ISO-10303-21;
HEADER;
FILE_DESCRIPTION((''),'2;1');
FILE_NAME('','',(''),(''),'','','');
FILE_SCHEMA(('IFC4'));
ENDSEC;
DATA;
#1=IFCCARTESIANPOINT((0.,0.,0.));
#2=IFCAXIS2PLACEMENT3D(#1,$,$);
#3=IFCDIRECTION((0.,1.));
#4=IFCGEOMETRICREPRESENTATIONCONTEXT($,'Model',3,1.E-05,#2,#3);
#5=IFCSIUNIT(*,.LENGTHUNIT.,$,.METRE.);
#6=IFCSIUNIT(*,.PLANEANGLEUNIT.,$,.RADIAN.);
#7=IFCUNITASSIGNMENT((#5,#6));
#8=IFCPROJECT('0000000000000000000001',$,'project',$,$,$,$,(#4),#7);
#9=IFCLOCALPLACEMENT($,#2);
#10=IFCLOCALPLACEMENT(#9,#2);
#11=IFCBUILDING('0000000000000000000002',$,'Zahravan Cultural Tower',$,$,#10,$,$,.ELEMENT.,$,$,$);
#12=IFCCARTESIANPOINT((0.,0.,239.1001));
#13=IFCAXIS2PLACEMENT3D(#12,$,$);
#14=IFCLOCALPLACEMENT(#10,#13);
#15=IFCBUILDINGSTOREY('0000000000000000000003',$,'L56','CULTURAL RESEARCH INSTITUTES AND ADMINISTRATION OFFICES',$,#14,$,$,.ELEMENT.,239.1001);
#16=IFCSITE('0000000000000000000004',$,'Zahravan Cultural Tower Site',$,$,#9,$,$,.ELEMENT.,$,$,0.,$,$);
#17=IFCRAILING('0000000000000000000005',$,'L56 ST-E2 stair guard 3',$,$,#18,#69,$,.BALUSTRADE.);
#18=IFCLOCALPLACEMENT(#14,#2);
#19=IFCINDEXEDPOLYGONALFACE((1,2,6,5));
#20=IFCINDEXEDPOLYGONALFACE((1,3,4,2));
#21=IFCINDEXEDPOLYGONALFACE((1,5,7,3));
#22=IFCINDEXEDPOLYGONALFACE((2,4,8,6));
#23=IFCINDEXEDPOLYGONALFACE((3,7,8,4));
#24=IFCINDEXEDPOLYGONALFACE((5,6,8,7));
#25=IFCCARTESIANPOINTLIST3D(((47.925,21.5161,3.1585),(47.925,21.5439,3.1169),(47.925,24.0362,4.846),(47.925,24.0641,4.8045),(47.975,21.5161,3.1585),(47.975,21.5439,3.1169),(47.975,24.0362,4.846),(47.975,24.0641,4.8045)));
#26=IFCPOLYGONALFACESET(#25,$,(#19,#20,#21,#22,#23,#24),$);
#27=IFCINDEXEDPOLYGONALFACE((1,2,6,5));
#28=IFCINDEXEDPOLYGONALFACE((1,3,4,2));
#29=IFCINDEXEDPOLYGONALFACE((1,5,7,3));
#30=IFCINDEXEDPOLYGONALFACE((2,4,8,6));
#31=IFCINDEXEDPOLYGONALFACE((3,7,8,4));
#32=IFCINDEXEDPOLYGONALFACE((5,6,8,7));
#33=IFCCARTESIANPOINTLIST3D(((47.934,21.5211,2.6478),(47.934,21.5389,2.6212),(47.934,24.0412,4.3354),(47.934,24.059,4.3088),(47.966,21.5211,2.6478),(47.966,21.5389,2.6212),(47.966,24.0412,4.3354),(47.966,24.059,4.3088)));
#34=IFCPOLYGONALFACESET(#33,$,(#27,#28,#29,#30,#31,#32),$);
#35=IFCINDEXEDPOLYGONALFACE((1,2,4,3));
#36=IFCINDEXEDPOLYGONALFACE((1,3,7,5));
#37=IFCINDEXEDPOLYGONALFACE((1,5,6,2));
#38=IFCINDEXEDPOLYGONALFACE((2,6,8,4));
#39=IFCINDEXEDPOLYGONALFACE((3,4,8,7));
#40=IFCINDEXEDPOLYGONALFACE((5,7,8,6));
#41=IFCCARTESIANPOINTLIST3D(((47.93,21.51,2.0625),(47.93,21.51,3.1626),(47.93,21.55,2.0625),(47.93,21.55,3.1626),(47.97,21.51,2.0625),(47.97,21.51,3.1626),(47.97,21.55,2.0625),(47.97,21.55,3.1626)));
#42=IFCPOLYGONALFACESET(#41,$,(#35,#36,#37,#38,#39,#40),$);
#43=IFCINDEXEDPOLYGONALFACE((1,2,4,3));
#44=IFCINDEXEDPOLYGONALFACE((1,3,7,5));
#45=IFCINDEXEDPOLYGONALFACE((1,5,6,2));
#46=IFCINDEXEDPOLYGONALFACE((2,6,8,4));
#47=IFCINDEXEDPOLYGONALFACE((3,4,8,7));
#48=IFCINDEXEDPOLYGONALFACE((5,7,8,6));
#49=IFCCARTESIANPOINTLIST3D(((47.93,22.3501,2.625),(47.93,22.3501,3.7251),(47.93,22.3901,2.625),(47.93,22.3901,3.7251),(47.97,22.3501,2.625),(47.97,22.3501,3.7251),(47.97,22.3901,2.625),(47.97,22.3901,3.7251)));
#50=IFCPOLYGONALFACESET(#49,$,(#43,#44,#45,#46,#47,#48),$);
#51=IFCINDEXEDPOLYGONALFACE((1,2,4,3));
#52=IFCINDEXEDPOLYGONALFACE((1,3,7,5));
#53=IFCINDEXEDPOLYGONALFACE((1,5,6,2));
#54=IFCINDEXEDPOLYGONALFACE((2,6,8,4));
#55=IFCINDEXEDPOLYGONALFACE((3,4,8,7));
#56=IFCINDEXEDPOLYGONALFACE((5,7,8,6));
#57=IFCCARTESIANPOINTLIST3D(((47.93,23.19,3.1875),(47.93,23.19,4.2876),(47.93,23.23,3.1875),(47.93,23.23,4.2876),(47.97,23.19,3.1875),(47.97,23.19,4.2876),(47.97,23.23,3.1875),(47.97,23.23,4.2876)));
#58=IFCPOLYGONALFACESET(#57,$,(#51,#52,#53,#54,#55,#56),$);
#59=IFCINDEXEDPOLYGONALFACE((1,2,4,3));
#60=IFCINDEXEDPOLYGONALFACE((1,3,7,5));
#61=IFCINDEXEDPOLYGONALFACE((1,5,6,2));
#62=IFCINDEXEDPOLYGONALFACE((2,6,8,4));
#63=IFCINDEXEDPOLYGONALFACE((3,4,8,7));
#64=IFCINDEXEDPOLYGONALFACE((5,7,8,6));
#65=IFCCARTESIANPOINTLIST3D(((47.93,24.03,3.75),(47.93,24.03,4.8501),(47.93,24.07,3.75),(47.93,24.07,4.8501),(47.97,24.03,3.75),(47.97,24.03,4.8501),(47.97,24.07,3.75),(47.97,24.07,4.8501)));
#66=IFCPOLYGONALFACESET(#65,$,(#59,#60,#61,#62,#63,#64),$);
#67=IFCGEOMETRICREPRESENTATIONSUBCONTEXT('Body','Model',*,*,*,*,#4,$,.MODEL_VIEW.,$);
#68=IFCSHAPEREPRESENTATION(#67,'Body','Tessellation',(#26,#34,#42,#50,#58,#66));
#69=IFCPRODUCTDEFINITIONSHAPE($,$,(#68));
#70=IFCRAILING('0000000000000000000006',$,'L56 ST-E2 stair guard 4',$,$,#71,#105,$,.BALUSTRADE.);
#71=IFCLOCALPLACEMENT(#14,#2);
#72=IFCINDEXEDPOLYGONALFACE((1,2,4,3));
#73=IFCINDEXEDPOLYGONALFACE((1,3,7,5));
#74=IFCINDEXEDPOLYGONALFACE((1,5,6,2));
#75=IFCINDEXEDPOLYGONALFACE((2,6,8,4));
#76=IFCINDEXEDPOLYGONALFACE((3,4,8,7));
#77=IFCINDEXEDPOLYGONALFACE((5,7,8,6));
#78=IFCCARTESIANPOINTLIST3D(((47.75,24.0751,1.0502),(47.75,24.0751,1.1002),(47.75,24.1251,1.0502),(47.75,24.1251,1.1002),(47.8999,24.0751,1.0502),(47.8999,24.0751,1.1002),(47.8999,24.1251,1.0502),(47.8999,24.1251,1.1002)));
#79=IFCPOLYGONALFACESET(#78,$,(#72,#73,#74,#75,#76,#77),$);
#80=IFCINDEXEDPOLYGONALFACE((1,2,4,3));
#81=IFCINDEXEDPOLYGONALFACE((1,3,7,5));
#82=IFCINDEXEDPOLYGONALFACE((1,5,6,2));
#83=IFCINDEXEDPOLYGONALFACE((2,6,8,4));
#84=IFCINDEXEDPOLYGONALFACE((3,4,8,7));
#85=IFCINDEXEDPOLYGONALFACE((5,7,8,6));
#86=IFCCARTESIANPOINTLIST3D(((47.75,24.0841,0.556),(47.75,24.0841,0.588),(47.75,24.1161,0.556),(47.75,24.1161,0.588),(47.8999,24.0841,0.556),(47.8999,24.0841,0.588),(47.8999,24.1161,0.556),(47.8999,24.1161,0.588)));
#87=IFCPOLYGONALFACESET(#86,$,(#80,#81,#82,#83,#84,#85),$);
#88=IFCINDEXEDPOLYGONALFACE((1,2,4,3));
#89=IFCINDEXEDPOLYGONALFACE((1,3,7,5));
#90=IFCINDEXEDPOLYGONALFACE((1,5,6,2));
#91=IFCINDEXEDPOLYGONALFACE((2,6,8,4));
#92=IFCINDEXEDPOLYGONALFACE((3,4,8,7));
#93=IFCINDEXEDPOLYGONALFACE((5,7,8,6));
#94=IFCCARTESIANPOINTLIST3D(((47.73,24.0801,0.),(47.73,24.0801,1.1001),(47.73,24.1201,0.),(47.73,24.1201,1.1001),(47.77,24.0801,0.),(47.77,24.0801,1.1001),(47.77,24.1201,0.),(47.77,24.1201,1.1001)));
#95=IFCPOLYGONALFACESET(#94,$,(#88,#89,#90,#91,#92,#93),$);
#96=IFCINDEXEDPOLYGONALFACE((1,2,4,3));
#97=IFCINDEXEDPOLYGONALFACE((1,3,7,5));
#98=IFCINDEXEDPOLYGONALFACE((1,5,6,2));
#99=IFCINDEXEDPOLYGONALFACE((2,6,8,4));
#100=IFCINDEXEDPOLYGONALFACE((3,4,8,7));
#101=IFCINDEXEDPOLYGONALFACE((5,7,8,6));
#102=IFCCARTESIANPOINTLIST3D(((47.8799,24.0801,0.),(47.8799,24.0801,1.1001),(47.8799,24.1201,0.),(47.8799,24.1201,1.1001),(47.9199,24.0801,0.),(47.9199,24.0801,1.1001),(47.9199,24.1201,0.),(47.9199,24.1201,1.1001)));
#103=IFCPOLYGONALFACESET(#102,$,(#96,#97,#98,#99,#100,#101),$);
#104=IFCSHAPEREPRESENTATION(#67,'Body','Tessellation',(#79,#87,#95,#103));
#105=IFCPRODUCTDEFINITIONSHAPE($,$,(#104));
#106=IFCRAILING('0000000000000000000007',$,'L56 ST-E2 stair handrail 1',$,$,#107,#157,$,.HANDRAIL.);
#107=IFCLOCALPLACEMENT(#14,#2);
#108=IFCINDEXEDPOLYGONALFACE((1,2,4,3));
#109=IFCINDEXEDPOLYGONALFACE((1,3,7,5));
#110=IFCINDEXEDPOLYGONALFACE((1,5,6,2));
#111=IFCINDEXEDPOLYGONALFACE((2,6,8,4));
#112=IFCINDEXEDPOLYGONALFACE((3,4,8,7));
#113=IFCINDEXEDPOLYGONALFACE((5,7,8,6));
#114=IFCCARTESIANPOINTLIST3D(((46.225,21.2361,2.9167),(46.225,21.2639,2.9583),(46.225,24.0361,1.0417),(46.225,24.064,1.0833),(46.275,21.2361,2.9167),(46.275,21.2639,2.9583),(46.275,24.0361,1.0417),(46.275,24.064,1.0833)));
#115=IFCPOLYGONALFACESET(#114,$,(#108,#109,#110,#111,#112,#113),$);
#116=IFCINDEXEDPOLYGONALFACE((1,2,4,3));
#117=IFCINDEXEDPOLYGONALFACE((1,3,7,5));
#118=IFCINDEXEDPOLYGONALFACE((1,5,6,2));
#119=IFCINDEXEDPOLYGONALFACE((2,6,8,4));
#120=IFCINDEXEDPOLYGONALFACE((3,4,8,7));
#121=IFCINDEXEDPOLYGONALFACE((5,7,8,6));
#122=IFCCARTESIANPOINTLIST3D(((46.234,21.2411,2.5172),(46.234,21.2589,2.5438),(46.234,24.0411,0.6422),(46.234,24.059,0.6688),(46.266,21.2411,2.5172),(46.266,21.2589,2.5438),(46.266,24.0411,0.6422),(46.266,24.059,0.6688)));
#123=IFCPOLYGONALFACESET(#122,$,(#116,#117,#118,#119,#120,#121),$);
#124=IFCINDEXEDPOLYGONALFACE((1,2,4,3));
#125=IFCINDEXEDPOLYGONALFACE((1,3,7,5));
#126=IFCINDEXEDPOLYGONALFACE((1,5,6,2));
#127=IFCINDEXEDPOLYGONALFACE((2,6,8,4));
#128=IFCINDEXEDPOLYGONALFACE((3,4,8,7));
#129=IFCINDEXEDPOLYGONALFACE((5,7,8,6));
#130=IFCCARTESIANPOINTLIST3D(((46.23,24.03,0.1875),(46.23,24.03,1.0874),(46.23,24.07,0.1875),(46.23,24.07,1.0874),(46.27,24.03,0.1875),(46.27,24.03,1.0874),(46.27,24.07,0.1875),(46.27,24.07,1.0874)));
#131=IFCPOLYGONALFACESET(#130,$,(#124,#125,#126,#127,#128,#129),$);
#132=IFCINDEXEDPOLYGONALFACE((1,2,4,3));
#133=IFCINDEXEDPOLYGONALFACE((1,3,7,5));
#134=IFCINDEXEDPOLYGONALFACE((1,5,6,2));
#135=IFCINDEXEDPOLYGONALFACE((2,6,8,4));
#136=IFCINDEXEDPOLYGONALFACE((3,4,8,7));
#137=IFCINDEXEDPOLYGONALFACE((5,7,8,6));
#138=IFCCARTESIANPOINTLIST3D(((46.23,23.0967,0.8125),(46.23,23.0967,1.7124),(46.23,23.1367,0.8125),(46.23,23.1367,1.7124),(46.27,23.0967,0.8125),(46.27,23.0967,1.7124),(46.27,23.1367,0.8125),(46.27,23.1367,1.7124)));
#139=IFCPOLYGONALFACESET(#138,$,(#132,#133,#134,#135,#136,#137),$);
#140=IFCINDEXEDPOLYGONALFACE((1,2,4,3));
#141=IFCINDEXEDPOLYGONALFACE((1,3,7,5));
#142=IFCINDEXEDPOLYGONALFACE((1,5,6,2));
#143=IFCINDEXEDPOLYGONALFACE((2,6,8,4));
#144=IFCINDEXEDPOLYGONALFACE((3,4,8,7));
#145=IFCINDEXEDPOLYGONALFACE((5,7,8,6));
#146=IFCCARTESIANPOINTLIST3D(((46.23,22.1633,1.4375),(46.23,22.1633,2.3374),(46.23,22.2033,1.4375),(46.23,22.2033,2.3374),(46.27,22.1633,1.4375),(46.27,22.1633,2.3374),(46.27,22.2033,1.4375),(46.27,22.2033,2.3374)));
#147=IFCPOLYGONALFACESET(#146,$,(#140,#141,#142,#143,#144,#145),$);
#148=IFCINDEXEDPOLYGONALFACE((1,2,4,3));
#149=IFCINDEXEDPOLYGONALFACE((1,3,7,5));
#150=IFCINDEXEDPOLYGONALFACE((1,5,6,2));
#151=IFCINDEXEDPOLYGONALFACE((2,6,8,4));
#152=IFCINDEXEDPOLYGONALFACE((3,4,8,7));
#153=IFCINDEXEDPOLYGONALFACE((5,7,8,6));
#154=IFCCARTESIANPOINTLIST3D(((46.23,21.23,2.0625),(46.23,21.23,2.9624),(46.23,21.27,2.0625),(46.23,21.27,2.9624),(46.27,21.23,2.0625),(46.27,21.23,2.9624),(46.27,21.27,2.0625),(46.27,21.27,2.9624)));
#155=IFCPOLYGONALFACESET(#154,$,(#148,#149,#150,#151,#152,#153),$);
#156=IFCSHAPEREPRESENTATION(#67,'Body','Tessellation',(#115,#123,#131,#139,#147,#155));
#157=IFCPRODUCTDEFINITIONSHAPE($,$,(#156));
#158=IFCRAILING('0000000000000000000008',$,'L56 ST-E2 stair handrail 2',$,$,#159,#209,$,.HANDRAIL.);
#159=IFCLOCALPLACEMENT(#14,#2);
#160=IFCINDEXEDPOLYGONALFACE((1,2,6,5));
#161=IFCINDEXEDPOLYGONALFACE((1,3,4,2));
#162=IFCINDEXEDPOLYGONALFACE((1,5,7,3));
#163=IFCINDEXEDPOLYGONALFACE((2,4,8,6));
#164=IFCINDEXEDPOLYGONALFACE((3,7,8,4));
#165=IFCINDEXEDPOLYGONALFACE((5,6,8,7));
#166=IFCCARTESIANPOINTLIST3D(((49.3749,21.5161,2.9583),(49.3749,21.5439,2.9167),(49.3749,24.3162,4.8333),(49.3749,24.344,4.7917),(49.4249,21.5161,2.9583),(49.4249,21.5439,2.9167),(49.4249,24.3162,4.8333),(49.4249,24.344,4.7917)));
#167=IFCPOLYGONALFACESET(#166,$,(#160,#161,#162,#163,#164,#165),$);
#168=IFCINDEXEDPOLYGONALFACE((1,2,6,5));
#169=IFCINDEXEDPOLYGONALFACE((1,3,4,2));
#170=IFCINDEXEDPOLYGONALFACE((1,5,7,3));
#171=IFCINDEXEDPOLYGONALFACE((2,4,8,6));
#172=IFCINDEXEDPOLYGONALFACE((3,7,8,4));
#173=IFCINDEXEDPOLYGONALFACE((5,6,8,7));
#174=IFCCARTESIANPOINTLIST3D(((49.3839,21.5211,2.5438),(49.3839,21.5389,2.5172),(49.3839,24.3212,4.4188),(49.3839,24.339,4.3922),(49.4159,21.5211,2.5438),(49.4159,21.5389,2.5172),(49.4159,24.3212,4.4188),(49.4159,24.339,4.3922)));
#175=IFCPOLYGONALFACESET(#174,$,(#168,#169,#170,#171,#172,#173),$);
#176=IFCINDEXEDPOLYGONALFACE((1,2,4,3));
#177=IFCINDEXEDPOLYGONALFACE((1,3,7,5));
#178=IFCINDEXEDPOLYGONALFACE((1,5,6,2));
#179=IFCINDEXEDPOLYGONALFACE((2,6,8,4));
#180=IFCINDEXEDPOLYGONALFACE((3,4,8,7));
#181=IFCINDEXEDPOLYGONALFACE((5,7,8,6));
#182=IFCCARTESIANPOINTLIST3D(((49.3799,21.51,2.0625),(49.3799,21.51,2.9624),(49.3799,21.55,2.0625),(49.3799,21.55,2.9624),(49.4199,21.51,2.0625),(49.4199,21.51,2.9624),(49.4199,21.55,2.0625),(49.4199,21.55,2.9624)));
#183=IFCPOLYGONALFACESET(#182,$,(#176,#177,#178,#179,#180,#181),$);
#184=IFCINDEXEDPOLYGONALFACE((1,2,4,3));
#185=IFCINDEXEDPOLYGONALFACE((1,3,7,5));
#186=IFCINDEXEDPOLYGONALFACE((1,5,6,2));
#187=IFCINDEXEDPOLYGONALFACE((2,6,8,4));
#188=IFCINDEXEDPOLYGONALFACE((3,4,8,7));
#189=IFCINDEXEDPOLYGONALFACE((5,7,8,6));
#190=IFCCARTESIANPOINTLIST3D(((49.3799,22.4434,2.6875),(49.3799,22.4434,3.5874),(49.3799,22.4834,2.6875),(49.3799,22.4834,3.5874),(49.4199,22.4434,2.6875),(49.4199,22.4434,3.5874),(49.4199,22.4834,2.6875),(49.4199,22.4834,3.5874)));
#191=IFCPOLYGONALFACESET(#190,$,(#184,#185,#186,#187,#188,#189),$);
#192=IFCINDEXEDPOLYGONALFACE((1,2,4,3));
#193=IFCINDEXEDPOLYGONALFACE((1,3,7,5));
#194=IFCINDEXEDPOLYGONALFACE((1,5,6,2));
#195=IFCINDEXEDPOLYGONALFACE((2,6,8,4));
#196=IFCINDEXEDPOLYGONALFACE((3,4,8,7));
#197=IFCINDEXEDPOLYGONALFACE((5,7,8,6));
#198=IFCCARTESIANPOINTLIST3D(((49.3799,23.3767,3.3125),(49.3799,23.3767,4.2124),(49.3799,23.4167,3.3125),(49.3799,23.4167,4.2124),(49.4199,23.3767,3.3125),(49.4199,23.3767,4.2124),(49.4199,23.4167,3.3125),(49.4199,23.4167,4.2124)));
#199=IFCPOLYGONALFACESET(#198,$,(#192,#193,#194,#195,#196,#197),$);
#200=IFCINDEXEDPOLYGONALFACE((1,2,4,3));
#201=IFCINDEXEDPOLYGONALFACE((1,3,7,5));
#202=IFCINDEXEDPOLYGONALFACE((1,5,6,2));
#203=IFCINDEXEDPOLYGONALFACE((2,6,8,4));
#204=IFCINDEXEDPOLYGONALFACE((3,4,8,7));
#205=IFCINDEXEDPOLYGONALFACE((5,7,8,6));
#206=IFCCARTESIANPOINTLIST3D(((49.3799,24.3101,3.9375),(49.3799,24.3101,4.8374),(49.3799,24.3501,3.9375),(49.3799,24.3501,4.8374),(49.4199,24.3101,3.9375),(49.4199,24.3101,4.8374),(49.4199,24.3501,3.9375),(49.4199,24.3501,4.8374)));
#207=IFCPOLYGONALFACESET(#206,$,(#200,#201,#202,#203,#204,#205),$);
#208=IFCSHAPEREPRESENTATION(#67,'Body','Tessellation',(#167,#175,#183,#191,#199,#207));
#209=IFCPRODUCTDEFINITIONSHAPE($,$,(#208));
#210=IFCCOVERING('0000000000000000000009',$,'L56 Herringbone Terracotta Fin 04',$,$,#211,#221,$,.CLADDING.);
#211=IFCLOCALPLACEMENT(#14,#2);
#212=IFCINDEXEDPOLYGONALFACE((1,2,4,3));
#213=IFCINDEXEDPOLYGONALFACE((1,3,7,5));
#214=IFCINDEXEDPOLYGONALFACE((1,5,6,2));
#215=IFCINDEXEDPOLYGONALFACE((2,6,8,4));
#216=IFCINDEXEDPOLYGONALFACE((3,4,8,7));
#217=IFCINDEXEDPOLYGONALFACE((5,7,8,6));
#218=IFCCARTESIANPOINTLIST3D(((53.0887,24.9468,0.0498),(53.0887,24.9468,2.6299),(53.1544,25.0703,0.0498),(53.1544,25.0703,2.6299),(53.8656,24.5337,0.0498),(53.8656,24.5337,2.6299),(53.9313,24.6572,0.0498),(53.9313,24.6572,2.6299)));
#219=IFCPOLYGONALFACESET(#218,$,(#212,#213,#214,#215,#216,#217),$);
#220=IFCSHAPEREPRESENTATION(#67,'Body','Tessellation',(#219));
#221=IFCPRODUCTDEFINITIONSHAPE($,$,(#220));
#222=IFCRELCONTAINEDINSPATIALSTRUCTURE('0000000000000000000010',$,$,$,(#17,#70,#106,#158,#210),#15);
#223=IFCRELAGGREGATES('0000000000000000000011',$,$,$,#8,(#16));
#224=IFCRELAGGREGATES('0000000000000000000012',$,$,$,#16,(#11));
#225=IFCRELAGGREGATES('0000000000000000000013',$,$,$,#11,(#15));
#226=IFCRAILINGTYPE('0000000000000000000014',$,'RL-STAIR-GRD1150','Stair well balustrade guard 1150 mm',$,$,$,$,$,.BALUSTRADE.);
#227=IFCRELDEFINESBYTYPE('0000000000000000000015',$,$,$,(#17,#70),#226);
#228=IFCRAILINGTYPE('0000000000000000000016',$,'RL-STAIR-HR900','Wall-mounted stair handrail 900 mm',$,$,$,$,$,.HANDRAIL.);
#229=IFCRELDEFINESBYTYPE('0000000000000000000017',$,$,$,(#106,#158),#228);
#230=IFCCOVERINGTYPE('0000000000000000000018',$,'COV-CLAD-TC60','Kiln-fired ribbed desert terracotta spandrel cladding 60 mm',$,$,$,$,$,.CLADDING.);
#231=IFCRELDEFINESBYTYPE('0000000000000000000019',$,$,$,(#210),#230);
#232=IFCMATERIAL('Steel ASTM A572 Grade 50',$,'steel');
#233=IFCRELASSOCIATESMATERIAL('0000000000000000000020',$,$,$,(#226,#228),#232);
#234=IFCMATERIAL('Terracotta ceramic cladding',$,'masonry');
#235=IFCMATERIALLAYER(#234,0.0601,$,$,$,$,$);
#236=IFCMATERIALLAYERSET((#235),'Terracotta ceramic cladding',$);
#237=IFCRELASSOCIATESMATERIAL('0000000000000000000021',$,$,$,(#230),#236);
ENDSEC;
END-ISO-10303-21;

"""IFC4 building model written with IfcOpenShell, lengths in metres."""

from ifc_helpers import new_model, si_unit, direction, frame, origin, origin_2d, place, context, subcontext, project, spatial, rectangle, extrude, source, transform, mapped, material, layer, layer_set, type_object, element, save


model = new_model("IFC4")

# Units and contexts
model_context = context("Model", 3, precision=1e-05, world=origin(), true_north=direction((0.0, 1.0)))
body_context = subcontext(model_context, "Body", "Model", "MODEL_VIEW")
ifc_project = project(units=[si_unit("LENGTHUNIT", "METRE"), si_unit("PLANEANGLEUNIT", "RADIAN")], contexts=[model_context])

# Site, building, storey
site_placement = place(None, origin())
site = spatial("IfcSite", under=ifc_project, at=site_placement, Name="Zahravan Cultural Tower Site", CompositionType="ELEMENT", RefElevation=0.0)
building_placement = place(site_placement, origin())
building = spatial("IfcBuilding", under=site, at=building_placement, Name="Zahravan Cultural Tower", CompositionType="ELEMENT")
storey_placement = place(building_placement, frame((0.0, 0.0, 239.1001)))
storey = spatial("IfcBuildingStorey", under=building, at=storey_placement, Name="L56", Description="CULTURAL RESEARCH INSTITUTES AND ADMINISTRATION OFFICES", CompositionType="ELEMENT", Elevation=239.1001)

# Railings
ifc_material_1 = material(Name="Steel ASTM A572 Grade 50", Category="steel")
railing_type_1 = type_object("IfcRailingType", Name="RL-STAIR-GRD1150", Description="Stair well balustrade guard 1150 mm", PredefinedType="BALUSTRADE", material=ifc_material_1)
railing_1_placement = place(storey_placement, frame((47.95, 21.53, 2.0625)))
element("IfcRailing", 1, at=railing_1_placement, inside=storey, type_object=railing_type_1, Name="L56 ST-E2 stair guard 3", PredefinedType="BALUSTRADE", context=body_context, shape_type="SweptSolid", body=[
    extrude(rectangle(XDim=0.05, YDim=0.05, at=origin_2d()), frame((0.0, 0.0, 1.0752), z_axis=(0.0, 0.830909, 0.556408), x_axis=(-1.0, 0.0, 0.0)), (0.0, 0.0, 1.0), 3.033),
    extrude(rectangle(XDim=0.032, YDim=0.032, at=origin_2d()), frame((0.0, 0.0, 0.572), z_axis=(0.0, 0.830909, 0.556408), x_axis=(-1.0, 0.0, 0.0)), (0.0, 0.0, 1.0), 3.033),
    extrude(rectangle(XDim=0.04, YDim=0.04, at=origin_2d()), origin(), (0.0, 0.0, 1.0), 1.1001),
    extrude(rectangle(XDim=0.04, YDim=0.04, at=origin_2d()), frame((0.0, 0.8401, 0.5625)), (0.0, 0.0, 1.0), 1.1001),
    extrude(rectangle(XDim=0.04, YDim=0.04, at=origin_2d()), frame((0.0, 1.6799, 1.125)), (0.0, 0.0, 1.0), 1.1001),
    extrude(rectangle(XDim=0.04, YDim=0.04, at=origin_2d()), frame((0.0, 2.52, 1.6875)), (0.0, 0.0, 1.0), 1.1001),
])
railing_2_placement = place(storey_placement, frame((47.75, 24.1001, 0.0)))
element("IfcRailing", 2, at=railing_2_placement, inside=storey, type_object=railing_type_1, Name="L56 ST-E2 stair guard 4", PredefinedType="BALUSTRADE", context=body_context, shape_type="SweptSolid", body=[
    extrude(rectangle(XDim=0.05, YDim=0.05, at=origin_2d()), frame((0.0, 0.0, 1.0752), z_axis=(1.0, 0.0, 0.0), x_axis=(0.0, 1.0, 0.0)), (0.0, 0.0, 1.0), 0.1499),
    extrude(rectangle(XDim=0.032, YDim=0.032, at=origin_2d()), frame((0.0, 0.0, 0.572), z_axis=(1.0, 0.0, 0.0), x_axis=(0.0, 1.0, 0.0)), (0.0, 0.0, 1.0), 0.1499),
    extrude(rectangle(XDim=0.04, YDim=0.04, at=origin_2d()), origin(), (0.0, 0.0, 1.0), 1.1001),
    extrude(rectangle(XDim=0.04, YDim=0.04, at=origin_2d()), frame((0.1499, 0.0, 0.0)), (0.0, 0.0, 1.0), 1.1001),
])
railing_type_2 = type_object("IfcRailingType", Name="RL-STAIR-HR900", Description="Wall-mounted stair handrail 900 mm", PredefinedType="HANDRAIL", material=ifc_material_1)
railing_3_placement = place(storey_placement, frame((46.25, 24.05, 0.1875)))
element("IfcRailing", 3, at=railing_3_placement, inside=storey, type_object=railing_type_2, Name="L56 ST-E2 stair handrail 1", PredefinedType="HANDRAIL", context=body_context, shape_type="SweptSolid", body=[
    extrude(rectangle(XDim=0.05, YDim=0.05, at=origin_2d()), frame((0.0, 0.0, 0.875), z_axis=(0.0, -0.830912, 0.556404), x_axis=(1.0, 0.0, 0.0)), (0.0, 0.0, 1.0), 3.3699),
    extrude(rectangle(XDim=0.032, YDim=0.032, at=origin_2d()), frame((0.0, 0.0, 0.468), z_axis=(0.0, -0.830912, 0.556404), x_axis=(1.0, 0.0, 0.0)), (0.0, 0.0, 1.0), 3.3699),
    extrude(rectangle(XDim=0.04, YDim=0.04, at=origin_2d()), origin(), (0.0, 0.0, 1.0), 0.8999),
    extrude(rectangle(XDim=0.04, YDim=0.04, at=origin_2d()), frame((0.0, -0.9333, 0.625)), (0.0, 0.0, 1.0), 0.8999),
    extrude(rectangle(XDim=0.04, YDim=0.04, at=origin_2d()), frame((0.0, -1.8667, 1.25)), (0.0, 0.0, 1.0), 0.8999),
    extrude(rectangle(XDim=0.04, YDim=0.04, at=origin_2d()), frame((0.0, -2.8, 1.875)), (0.0, 0.0, 1.0), 0.8999),
])
railing_4_placement = place(storey_placement, frame((49.3999, 21.53, 2.0625)))
element("IfcRailing", 4, at=railing_4_placement, inside=storey, type_object=railing_type_2, Name="L56 ST-E2 stair handrail 2", PredefinedType="HANDRAIL", context=body_context, shape_type="SweptSolid", body=[
    extrude(rectangle(XDim=0.05, YDim=0.05, at=origin_2d()), frame((0.0, 0.0, 0.875), z_axis=(0.0, 0.830912, 0.556404), x_axis=(-1.0, 0.0, 0.0)), (0.0, 0.0, 1.0), 3.3699),
    extrude(rectangle(XDim=0.032, YDim=0.032, at=origin_2d()), frame((0.0, 0.0, 0.468), z_axis=(0.0, 0.830912, 0.556404), x_axis=(-1.0, 0.0, 0.0)), (0.0, 0.0, 1.0), 3.3699),
    extrude(rectangle(XDim=0.04, YDim=0.04, at=origin_2d()), origin(), (0.0, 0.0, 1.0), 0.8999),
    extrude(rectangle(XDim=0.04, YDim=0.04, at=origin_2d()), frame((0.0, 0.9333, 0.625)), (0.0, 0.0, 1.0), 0.8999),
    extrude(rectangle(XDim=0.04, YDim=0.04, at=origin_2d()), frame((0.0, 1.8667, 1.25)), (0.0, 0.0, 1.0), 0.8999),
    extrude(rectangle(XDim=0.04, YDim=0.04, at=origin_2d()), frame((0.0, 2.8, 1.875)), (0.0, 0.0, 1.0), 0.8999),
])

# Covering
ifc_material_2 = material(Name="Terracotta ceramic cladding", Category="masonry")
ifc_layer_1 = layer(ifc_material_2, 0.0601)
ifc_layer_set_1 = layer_set([ifc_layer_1], Name="Terracotta ceramic cladding")
covering_type = type_object("IfcCoveringType", Name="COV-CLAD-TC60", Description="Kiln-fired ribbed desert terracotta spandrel cladding 60 mm", PredefinedType="CLADDING", material=ifc_layer_set_1)
shared_shape_1 = source(origin(), body_context, "Body", "SweptSolid", [
    extrude(rectangle(XDim=0.8799, YDim=0.1399, at=origin_2d()), origin(), (0.0, 0.0, 1.0), 2.5801),
])
for number, where, z_axis, x_axis, name in (
    (5, (53.51, 24.802, 0.0498), (0.0, 0.0, 1.0), (0.882948, -0.469472, 0.0), "L56 Herringbone Terracotta Fin 04"),
):
    element("IfcCovering", number, at=place(storey_placement, frame(where, z_axis=z_axis, x_axis=x_axis)), inside=storey, type_object=covering_type, Name=name, PredefinedType="CLADDING", context=body_context, shape_type="MappedRepresentation", body=[
        mapped(shared_shape_1, transform((0.0, 0.0, 0.0), x_axis=(1.0, 0.0, 0.0), y_axis=(0.0, 1.0, 0.0), z_axis=(0.0, 0.0, 1.0), scale=1.0)),
    ])

save(model, "model.ifc")
